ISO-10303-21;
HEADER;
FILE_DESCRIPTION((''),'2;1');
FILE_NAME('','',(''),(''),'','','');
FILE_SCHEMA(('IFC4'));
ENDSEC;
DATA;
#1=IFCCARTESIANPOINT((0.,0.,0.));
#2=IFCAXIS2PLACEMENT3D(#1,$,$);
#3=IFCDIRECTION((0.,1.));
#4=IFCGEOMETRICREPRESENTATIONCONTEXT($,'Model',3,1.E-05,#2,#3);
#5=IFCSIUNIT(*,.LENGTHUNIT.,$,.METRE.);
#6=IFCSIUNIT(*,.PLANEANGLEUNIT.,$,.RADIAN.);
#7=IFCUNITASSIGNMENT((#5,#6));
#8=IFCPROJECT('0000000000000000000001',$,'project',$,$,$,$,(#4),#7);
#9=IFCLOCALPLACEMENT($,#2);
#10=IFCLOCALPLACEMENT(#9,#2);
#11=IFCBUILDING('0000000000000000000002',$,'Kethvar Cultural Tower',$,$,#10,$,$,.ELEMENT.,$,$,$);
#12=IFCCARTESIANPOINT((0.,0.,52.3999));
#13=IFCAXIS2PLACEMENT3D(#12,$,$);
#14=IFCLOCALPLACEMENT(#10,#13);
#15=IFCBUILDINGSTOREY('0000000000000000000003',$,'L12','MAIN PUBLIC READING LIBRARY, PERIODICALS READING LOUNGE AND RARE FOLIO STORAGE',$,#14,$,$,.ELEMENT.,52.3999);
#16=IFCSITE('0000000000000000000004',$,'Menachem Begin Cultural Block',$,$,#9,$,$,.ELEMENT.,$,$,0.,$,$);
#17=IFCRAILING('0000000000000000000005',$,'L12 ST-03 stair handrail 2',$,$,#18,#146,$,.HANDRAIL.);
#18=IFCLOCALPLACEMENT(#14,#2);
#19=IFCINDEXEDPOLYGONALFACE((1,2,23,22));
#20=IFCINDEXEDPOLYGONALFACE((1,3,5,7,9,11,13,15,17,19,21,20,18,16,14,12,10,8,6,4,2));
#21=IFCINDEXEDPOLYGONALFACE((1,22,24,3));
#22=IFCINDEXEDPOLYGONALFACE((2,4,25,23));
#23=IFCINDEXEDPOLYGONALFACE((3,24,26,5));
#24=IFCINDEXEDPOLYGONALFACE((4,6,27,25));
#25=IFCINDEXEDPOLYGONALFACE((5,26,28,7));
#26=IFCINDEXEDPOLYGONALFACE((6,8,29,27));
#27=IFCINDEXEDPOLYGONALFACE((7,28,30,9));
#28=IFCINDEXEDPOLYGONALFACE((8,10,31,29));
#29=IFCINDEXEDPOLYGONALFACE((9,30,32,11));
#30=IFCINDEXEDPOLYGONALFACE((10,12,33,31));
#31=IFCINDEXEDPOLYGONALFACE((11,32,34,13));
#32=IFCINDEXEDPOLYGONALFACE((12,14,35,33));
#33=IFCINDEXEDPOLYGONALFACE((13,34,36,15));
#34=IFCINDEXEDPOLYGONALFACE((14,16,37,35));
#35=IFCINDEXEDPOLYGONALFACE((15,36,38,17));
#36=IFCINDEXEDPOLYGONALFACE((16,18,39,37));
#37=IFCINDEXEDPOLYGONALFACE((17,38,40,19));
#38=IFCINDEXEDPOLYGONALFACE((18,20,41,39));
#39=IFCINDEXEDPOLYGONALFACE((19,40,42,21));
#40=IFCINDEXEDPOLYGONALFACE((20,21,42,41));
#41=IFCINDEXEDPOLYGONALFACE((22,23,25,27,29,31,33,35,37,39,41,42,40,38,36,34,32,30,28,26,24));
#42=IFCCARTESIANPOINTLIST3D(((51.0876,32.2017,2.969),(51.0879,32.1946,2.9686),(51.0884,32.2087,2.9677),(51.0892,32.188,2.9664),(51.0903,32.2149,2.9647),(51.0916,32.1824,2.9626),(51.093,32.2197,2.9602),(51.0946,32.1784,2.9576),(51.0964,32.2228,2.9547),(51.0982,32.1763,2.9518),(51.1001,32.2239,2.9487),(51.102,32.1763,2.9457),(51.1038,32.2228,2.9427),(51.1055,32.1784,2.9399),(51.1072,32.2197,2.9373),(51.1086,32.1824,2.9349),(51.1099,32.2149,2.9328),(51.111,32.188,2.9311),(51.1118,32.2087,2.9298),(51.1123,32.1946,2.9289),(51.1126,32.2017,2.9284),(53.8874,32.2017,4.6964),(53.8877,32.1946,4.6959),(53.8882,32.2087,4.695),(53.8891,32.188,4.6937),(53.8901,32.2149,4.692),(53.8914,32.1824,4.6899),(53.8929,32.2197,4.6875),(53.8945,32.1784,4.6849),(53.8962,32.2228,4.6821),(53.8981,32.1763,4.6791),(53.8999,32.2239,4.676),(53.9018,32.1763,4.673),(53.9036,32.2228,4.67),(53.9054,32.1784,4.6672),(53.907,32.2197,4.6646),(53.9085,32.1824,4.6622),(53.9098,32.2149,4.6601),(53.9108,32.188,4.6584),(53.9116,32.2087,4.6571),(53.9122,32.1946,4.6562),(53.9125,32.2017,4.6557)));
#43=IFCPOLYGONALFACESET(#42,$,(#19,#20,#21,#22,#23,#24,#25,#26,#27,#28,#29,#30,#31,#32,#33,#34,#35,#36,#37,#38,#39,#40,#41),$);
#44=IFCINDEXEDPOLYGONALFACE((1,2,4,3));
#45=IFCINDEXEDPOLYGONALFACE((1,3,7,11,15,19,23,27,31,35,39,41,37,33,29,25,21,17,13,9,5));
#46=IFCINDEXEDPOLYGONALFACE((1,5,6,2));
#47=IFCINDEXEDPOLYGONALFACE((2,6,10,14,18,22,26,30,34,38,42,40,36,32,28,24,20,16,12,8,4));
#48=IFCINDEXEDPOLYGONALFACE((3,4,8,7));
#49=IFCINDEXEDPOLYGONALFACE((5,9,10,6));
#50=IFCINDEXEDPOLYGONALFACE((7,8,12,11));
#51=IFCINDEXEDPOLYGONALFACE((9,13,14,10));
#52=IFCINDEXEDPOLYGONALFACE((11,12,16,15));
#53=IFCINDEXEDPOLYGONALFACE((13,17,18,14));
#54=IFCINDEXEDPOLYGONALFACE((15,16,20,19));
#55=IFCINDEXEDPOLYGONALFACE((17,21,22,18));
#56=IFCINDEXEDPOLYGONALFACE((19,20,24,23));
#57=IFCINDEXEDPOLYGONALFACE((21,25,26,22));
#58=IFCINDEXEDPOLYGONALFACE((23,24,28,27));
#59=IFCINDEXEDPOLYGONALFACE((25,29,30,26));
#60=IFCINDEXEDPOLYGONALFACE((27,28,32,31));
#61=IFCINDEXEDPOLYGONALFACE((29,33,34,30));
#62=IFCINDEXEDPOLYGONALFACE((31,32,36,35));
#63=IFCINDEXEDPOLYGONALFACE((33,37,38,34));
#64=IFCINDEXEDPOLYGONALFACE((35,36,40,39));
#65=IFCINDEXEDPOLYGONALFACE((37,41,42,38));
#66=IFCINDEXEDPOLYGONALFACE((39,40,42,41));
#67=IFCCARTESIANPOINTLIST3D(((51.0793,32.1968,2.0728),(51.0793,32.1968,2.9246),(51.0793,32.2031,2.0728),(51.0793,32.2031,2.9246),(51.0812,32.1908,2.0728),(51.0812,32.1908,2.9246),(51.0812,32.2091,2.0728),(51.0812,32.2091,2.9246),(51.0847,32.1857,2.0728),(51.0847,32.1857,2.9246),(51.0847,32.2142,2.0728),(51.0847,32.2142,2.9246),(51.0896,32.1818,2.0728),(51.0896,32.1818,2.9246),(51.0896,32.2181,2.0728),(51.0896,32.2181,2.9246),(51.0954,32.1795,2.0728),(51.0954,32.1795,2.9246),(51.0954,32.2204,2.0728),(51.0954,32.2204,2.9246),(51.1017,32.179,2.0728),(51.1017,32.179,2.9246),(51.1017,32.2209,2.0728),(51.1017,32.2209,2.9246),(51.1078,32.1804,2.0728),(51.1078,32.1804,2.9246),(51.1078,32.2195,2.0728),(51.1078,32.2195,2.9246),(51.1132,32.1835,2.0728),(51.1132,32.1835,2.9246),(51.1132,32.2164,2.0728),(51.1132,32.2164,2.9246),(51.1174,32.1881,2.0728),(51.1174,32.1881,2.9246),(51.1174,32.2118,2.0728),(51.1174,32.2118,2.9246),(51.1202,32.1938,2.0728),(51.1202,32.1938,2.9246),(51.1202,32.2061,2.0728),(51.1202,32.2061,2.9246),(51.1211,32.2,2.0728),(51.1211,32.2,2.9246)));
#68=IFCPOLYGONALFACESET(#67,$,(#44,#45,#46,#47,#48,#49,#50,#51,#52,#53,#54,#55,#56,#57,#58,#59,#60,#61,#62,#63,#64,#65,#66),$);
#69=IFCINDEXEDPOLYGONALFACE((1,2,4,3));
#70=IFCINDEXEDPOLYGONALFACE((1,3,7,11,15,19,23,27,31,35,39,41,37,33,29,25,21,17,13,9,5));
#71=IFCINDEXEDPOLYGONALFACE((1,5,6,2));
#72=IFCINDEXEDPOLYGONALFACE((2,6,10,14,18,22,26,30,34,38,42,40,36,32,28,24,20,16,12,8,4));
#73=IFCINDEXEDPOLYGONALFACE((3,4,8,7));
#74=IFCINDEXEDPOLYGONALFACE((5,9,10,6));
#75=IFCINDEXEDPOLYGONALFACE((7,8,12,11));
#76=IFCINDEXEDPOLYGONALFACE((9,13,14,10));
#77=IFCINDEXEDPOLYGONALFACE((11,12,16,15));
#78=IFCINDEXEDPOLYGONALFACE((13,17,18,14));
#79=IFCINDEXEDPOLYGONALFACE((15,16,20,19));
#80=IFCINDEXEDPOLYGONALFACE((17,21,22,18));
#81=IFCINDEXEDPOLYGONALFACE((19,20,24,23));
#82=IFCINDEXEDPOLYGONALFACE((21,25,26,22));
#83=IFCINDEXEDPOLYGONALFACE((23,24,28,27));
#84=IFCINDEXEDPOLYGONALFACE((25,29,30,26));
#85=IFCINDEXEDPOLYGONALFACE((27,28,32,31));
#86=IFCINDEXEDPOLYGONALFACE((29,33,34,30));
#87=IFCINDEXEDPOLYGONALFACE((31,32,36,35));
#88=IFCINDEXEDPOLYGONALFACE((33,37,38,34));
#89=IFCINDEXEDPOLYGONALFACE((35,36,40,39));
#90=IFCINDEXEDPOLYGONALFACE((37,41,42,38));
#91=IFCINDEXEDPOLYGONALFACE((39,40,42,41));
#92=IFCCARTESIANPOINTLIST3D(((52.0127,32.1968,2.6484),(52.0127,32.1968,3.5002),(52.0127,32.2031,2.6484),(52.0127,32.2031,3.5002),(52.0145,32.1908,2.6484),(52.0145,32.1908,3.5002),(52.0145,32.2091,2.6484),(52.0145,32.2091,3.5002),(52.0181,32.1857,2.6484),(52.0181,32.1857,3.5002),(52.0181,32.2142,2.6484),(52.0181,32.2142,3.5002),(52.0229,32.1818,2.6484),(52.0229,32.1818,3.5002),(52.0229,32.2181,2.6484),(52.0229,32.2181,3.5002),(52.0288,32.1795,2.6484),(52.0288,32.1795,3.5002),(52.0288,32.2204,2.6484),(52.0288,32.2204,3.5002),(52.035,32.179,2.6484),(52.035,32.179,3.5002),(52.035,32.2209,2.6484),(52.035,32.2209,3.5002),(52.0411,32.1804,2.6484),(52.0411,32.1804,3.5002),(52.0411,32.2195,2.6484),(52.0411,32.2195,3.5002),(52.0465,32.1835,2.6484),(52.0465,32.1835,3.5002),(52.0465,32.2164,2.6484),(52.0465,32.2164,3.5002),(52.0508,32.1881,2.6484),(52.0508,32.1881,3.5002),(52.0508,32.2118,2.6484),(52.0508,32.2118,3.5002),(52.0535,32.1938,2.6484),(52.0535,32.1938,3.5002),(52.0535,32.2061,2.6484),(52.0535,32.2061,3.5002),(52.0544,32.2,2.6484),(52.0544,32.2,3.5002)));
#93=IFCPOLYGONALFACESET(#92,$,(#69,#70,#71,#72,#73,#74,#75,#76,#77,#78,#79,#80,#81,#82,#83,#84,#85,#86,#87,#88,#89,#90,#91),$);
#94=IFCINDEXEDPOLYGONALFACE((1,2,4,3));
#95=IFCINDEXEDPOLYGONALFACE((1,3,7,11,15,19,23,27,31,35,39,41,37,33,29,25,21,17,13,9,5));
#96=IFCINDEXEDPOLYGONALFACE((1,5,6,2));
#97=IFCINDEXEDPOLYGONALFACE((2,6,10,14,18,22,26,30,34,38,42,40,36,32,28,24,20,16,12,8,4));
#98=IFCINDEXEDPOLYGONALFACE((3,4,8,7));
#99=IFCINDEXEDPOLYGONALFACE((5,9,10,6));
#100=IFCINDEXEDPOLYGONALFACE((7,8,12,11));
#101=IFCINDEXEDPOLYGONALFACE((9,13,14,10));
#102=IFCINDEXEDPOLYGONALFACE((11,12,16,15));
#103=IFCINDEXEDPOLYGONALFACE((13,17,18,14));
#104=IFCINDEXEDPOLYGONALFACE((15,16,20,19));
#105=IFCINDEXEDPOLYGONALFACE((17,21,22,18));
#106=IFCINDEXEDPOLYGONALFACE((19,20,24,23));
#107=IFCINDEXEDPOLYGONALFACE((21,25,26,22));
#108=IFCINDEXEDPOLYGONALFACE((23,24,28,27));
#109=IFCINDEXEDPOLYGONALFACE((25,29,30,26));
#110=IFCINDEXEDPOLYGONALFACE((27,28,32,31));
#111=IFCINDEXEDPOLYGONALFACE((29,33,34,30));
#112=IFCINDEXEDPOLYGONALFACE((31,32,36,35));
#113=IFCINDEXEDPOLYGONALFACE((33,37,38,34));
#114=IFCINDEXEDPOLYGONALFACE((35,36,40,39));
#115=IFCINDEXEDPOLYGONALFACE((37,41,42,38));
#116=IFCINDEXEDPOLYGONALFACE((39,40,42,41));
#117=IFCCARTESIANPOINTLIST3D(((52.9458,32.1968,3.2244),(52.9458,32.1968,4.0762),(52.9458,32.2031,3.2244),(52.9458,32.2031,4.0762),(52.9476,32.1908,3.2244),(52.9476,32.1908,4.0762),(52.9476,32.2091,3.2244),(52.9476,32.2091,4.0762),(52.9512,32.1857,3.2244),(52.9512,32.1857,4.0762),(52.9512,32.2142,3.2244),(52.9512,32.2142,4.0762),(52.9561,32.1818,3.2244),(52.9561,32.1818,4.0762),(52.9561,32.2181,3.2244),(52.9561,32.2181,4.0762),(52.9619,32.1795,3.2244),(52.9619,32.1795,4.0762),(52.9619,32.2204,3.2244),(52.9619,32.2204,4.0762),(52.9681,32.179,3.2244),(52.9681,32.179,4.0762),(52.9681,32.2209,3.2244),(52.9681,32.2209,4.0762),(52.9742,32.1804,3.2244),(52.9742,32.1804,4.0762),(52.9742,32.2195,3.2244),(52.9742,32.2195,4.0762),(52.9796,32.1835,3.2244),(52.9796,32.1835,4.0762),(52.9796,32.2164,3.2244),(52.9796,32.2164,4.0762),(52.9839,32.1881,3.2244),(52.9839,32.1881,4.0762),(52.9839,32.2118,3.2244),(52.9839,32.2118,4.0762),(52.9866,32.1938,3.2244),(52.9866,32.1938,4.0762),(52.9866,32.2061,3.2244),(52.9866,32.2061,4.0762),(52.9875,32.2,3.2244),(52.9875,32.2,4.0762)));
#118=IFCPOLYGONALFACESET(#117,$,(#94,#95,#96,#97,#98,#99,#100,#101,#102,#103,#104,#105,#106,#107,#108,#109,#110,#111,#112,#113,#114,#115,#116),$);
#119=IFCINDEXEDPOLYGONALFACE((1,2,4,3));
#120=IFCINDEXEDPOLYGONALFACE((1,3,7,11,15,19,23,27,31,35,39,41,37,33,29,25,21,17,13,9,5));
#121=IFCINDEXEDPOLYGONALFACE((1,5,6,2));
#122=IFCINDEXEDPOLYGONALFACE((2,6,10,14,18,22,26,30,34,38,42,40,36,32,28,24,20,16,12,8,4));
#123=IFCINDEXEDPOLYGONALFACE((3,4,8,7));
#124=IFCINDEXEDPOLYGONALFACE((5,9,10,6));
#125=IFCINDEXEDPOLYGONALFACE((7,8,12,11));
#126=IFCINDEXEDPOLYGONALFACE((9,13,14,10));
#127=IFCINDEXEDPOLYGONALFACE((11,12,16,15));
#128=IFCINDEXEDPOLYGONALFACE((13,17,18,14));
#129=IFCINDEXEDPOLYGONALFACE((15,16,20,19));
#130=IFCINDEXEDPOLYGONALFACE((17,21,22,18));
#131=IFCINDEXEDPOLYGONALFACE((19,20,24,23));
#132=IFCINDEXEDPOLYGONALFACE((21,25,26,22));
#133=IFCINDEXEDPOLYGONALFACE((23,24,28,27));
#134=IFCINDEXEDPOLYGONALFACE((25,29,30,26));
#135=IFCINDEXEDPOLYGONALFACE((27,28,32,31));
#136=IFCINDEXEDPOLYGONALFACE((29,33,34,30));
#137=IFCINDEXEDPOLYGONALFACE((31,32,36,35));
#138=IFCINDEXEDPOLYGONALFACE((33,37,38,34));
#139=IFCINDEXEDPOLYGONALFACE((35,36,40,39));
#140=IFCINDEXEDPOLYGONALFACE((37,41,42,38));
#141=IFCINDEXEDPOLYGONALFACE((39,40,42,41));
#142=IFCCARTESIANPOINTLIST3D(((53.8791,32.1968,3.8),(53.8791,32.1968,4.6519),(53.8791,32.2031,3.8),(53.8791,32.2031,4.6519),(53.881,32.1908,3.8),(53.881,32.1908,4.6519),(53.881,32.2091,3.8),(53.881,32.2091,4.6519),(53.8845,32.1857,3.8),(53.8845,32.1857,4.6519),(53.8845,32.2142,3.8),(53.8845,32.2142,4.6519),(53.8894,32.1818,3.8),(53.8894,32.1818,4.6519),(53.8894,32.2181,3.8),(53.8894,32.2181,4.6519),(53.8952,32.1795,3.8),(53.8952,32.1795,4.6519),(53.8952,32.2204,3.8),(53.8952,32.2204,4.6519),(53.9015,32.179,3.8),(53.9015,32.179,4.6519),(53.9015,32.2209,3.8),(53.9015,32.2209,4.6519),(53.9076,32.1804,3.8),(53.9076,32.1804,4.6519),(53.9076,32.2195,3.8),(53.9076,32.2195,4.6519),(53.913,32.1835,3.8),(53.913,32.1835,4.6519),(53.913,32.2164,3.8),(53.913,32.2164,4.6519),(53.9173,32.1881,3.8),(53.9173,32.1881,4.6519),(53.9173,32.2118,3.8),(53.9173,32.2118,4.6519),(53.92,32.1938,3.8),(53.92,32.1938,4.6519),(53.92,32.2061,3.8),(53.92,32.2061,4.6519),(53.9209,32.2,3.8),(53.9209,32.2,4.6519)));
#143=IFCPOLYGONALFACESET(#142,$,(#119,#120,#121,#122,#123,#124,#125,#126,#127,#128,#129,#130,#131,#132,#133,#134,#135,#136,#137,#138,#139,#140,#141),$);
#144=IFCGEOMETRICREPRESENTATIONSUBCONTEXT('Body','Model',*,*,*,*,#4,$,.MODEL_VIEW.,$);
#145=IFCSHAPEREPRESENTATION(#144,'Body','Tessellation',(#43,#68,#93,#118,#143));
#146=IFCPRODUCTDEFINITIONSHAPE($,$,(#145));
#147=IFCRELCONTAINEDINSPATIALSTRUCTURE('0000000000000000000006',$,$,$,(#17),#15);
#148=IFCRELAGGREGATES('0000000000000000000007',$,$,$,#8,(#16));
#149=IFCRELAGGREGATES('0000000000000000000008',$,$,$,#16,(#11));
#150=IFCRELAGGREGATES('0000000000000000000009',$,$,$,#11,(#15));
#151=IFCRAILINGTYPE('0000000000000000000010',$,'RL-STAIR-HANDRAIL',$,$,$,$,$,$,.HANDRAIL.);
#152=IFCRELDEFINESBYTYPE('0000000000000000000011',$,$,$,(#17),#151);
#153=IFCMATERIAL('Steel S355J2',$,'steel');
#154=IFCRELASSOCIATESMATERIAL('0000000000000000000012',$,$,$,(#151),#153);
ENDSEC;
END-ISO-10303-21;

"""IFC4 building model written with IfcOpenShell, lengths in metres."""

from ifc_helpers import new_model, si_unit, direction, frame, origin, origin_2d, place, context, subcontext, project, spatial, circle, extrude, material, type_object, element, save


model = new_model("IFC4")

# Units and contexts
model_context = context("Model", 3, precision=1e-05, world=origin(), true_north=direction((0.0, 1.0)))
body_context = subcontext(model_context, "Body", "Model", "MODEL_VIEW")
ifc_project = project(units=[si_unit("LENGTHUNIT", "METRE"), si_unit("PLANEANGLEUNIT", "RADIAN")], contexts=[model_context])

# Site, building, storey
site_placement = place(None, origin())
site = spatial("IfcSite", under=ifc_project, at=site_placement, Name="Menachem Begin Cultural Block", CompositionType="ELEMENT", RefElevation=0.0)
building_placement = place(site_placement, origin())
building = spatial("IfcBuilding", under=site, at=building_placement, Name="Kethvar Cultural Tower", CompositionType="ELEMENT")
storey_placement = place(building_placement, frame((0.0, 0.0, 52.3999)))
storey = spatial("IfcBuildingStorey", under=building, at=storey_placement, Name="L12", Description="MAIN PUBLIC READING LIBRARY, PERIODICALS READING LOUNGE AND RARE FOLIO STORAGE", CompositionType="ELEMENT", Elevation=52.3999)

# Shared definitions
ifc_material_1 = material(Name="Steel S355J2", Category="steel")

# Railing
railing_type_1 = type_object("IfcRailingType", Name="RL-STAIR-HANDRAIL", PredefinedType="HANDRAIL", material=ifc_material_1)
railing_1_placement = place(storey_placement, frame((51.1001, 32.2, 2.0728)))
element("IfcRailing", 1, at=railing_1_placement, inside=storey, type_object=railing_type_1, Name="L12 ST-03 stair handrail 2", PredefinedType="HANDRAIL", context=body_context, shape_type="SweptSolid", body=[
    extrude(circle(Radius=0.0239, at=origin_2d()), frame((0.0, 0.0, 0.876), z_axis=(0.851069, 0.0, 0.525054), x_axis=(0.0, 1.0, 0.0)), (0.0, 0.0, 1.0), 3.2898),
    extrude(circle(Radius=0.021, at=origin_2d()), origin(), (0.0, 0.0, 1.0), 0.8518),
    extrude(circle(Radius=0.021, at=origin_2d()), frame((0.9333, 0.0, 0.5757)), (0.0, 0.0, 1.0), 0.8518),
    extrude(circle(Radius=0.021, at=origin_2d()), frame((1.8665, 0.0, 1.1516)), (0.0, 0.0, 1.0), 0.8518),
    extrude(circle(Radius=0.021, at=origin_2d()), frame((2.7998, 0.0, 1.7273)), (0.0, 0.0, 1.0), 0.8518),
])

save(model, "model.ifc")
